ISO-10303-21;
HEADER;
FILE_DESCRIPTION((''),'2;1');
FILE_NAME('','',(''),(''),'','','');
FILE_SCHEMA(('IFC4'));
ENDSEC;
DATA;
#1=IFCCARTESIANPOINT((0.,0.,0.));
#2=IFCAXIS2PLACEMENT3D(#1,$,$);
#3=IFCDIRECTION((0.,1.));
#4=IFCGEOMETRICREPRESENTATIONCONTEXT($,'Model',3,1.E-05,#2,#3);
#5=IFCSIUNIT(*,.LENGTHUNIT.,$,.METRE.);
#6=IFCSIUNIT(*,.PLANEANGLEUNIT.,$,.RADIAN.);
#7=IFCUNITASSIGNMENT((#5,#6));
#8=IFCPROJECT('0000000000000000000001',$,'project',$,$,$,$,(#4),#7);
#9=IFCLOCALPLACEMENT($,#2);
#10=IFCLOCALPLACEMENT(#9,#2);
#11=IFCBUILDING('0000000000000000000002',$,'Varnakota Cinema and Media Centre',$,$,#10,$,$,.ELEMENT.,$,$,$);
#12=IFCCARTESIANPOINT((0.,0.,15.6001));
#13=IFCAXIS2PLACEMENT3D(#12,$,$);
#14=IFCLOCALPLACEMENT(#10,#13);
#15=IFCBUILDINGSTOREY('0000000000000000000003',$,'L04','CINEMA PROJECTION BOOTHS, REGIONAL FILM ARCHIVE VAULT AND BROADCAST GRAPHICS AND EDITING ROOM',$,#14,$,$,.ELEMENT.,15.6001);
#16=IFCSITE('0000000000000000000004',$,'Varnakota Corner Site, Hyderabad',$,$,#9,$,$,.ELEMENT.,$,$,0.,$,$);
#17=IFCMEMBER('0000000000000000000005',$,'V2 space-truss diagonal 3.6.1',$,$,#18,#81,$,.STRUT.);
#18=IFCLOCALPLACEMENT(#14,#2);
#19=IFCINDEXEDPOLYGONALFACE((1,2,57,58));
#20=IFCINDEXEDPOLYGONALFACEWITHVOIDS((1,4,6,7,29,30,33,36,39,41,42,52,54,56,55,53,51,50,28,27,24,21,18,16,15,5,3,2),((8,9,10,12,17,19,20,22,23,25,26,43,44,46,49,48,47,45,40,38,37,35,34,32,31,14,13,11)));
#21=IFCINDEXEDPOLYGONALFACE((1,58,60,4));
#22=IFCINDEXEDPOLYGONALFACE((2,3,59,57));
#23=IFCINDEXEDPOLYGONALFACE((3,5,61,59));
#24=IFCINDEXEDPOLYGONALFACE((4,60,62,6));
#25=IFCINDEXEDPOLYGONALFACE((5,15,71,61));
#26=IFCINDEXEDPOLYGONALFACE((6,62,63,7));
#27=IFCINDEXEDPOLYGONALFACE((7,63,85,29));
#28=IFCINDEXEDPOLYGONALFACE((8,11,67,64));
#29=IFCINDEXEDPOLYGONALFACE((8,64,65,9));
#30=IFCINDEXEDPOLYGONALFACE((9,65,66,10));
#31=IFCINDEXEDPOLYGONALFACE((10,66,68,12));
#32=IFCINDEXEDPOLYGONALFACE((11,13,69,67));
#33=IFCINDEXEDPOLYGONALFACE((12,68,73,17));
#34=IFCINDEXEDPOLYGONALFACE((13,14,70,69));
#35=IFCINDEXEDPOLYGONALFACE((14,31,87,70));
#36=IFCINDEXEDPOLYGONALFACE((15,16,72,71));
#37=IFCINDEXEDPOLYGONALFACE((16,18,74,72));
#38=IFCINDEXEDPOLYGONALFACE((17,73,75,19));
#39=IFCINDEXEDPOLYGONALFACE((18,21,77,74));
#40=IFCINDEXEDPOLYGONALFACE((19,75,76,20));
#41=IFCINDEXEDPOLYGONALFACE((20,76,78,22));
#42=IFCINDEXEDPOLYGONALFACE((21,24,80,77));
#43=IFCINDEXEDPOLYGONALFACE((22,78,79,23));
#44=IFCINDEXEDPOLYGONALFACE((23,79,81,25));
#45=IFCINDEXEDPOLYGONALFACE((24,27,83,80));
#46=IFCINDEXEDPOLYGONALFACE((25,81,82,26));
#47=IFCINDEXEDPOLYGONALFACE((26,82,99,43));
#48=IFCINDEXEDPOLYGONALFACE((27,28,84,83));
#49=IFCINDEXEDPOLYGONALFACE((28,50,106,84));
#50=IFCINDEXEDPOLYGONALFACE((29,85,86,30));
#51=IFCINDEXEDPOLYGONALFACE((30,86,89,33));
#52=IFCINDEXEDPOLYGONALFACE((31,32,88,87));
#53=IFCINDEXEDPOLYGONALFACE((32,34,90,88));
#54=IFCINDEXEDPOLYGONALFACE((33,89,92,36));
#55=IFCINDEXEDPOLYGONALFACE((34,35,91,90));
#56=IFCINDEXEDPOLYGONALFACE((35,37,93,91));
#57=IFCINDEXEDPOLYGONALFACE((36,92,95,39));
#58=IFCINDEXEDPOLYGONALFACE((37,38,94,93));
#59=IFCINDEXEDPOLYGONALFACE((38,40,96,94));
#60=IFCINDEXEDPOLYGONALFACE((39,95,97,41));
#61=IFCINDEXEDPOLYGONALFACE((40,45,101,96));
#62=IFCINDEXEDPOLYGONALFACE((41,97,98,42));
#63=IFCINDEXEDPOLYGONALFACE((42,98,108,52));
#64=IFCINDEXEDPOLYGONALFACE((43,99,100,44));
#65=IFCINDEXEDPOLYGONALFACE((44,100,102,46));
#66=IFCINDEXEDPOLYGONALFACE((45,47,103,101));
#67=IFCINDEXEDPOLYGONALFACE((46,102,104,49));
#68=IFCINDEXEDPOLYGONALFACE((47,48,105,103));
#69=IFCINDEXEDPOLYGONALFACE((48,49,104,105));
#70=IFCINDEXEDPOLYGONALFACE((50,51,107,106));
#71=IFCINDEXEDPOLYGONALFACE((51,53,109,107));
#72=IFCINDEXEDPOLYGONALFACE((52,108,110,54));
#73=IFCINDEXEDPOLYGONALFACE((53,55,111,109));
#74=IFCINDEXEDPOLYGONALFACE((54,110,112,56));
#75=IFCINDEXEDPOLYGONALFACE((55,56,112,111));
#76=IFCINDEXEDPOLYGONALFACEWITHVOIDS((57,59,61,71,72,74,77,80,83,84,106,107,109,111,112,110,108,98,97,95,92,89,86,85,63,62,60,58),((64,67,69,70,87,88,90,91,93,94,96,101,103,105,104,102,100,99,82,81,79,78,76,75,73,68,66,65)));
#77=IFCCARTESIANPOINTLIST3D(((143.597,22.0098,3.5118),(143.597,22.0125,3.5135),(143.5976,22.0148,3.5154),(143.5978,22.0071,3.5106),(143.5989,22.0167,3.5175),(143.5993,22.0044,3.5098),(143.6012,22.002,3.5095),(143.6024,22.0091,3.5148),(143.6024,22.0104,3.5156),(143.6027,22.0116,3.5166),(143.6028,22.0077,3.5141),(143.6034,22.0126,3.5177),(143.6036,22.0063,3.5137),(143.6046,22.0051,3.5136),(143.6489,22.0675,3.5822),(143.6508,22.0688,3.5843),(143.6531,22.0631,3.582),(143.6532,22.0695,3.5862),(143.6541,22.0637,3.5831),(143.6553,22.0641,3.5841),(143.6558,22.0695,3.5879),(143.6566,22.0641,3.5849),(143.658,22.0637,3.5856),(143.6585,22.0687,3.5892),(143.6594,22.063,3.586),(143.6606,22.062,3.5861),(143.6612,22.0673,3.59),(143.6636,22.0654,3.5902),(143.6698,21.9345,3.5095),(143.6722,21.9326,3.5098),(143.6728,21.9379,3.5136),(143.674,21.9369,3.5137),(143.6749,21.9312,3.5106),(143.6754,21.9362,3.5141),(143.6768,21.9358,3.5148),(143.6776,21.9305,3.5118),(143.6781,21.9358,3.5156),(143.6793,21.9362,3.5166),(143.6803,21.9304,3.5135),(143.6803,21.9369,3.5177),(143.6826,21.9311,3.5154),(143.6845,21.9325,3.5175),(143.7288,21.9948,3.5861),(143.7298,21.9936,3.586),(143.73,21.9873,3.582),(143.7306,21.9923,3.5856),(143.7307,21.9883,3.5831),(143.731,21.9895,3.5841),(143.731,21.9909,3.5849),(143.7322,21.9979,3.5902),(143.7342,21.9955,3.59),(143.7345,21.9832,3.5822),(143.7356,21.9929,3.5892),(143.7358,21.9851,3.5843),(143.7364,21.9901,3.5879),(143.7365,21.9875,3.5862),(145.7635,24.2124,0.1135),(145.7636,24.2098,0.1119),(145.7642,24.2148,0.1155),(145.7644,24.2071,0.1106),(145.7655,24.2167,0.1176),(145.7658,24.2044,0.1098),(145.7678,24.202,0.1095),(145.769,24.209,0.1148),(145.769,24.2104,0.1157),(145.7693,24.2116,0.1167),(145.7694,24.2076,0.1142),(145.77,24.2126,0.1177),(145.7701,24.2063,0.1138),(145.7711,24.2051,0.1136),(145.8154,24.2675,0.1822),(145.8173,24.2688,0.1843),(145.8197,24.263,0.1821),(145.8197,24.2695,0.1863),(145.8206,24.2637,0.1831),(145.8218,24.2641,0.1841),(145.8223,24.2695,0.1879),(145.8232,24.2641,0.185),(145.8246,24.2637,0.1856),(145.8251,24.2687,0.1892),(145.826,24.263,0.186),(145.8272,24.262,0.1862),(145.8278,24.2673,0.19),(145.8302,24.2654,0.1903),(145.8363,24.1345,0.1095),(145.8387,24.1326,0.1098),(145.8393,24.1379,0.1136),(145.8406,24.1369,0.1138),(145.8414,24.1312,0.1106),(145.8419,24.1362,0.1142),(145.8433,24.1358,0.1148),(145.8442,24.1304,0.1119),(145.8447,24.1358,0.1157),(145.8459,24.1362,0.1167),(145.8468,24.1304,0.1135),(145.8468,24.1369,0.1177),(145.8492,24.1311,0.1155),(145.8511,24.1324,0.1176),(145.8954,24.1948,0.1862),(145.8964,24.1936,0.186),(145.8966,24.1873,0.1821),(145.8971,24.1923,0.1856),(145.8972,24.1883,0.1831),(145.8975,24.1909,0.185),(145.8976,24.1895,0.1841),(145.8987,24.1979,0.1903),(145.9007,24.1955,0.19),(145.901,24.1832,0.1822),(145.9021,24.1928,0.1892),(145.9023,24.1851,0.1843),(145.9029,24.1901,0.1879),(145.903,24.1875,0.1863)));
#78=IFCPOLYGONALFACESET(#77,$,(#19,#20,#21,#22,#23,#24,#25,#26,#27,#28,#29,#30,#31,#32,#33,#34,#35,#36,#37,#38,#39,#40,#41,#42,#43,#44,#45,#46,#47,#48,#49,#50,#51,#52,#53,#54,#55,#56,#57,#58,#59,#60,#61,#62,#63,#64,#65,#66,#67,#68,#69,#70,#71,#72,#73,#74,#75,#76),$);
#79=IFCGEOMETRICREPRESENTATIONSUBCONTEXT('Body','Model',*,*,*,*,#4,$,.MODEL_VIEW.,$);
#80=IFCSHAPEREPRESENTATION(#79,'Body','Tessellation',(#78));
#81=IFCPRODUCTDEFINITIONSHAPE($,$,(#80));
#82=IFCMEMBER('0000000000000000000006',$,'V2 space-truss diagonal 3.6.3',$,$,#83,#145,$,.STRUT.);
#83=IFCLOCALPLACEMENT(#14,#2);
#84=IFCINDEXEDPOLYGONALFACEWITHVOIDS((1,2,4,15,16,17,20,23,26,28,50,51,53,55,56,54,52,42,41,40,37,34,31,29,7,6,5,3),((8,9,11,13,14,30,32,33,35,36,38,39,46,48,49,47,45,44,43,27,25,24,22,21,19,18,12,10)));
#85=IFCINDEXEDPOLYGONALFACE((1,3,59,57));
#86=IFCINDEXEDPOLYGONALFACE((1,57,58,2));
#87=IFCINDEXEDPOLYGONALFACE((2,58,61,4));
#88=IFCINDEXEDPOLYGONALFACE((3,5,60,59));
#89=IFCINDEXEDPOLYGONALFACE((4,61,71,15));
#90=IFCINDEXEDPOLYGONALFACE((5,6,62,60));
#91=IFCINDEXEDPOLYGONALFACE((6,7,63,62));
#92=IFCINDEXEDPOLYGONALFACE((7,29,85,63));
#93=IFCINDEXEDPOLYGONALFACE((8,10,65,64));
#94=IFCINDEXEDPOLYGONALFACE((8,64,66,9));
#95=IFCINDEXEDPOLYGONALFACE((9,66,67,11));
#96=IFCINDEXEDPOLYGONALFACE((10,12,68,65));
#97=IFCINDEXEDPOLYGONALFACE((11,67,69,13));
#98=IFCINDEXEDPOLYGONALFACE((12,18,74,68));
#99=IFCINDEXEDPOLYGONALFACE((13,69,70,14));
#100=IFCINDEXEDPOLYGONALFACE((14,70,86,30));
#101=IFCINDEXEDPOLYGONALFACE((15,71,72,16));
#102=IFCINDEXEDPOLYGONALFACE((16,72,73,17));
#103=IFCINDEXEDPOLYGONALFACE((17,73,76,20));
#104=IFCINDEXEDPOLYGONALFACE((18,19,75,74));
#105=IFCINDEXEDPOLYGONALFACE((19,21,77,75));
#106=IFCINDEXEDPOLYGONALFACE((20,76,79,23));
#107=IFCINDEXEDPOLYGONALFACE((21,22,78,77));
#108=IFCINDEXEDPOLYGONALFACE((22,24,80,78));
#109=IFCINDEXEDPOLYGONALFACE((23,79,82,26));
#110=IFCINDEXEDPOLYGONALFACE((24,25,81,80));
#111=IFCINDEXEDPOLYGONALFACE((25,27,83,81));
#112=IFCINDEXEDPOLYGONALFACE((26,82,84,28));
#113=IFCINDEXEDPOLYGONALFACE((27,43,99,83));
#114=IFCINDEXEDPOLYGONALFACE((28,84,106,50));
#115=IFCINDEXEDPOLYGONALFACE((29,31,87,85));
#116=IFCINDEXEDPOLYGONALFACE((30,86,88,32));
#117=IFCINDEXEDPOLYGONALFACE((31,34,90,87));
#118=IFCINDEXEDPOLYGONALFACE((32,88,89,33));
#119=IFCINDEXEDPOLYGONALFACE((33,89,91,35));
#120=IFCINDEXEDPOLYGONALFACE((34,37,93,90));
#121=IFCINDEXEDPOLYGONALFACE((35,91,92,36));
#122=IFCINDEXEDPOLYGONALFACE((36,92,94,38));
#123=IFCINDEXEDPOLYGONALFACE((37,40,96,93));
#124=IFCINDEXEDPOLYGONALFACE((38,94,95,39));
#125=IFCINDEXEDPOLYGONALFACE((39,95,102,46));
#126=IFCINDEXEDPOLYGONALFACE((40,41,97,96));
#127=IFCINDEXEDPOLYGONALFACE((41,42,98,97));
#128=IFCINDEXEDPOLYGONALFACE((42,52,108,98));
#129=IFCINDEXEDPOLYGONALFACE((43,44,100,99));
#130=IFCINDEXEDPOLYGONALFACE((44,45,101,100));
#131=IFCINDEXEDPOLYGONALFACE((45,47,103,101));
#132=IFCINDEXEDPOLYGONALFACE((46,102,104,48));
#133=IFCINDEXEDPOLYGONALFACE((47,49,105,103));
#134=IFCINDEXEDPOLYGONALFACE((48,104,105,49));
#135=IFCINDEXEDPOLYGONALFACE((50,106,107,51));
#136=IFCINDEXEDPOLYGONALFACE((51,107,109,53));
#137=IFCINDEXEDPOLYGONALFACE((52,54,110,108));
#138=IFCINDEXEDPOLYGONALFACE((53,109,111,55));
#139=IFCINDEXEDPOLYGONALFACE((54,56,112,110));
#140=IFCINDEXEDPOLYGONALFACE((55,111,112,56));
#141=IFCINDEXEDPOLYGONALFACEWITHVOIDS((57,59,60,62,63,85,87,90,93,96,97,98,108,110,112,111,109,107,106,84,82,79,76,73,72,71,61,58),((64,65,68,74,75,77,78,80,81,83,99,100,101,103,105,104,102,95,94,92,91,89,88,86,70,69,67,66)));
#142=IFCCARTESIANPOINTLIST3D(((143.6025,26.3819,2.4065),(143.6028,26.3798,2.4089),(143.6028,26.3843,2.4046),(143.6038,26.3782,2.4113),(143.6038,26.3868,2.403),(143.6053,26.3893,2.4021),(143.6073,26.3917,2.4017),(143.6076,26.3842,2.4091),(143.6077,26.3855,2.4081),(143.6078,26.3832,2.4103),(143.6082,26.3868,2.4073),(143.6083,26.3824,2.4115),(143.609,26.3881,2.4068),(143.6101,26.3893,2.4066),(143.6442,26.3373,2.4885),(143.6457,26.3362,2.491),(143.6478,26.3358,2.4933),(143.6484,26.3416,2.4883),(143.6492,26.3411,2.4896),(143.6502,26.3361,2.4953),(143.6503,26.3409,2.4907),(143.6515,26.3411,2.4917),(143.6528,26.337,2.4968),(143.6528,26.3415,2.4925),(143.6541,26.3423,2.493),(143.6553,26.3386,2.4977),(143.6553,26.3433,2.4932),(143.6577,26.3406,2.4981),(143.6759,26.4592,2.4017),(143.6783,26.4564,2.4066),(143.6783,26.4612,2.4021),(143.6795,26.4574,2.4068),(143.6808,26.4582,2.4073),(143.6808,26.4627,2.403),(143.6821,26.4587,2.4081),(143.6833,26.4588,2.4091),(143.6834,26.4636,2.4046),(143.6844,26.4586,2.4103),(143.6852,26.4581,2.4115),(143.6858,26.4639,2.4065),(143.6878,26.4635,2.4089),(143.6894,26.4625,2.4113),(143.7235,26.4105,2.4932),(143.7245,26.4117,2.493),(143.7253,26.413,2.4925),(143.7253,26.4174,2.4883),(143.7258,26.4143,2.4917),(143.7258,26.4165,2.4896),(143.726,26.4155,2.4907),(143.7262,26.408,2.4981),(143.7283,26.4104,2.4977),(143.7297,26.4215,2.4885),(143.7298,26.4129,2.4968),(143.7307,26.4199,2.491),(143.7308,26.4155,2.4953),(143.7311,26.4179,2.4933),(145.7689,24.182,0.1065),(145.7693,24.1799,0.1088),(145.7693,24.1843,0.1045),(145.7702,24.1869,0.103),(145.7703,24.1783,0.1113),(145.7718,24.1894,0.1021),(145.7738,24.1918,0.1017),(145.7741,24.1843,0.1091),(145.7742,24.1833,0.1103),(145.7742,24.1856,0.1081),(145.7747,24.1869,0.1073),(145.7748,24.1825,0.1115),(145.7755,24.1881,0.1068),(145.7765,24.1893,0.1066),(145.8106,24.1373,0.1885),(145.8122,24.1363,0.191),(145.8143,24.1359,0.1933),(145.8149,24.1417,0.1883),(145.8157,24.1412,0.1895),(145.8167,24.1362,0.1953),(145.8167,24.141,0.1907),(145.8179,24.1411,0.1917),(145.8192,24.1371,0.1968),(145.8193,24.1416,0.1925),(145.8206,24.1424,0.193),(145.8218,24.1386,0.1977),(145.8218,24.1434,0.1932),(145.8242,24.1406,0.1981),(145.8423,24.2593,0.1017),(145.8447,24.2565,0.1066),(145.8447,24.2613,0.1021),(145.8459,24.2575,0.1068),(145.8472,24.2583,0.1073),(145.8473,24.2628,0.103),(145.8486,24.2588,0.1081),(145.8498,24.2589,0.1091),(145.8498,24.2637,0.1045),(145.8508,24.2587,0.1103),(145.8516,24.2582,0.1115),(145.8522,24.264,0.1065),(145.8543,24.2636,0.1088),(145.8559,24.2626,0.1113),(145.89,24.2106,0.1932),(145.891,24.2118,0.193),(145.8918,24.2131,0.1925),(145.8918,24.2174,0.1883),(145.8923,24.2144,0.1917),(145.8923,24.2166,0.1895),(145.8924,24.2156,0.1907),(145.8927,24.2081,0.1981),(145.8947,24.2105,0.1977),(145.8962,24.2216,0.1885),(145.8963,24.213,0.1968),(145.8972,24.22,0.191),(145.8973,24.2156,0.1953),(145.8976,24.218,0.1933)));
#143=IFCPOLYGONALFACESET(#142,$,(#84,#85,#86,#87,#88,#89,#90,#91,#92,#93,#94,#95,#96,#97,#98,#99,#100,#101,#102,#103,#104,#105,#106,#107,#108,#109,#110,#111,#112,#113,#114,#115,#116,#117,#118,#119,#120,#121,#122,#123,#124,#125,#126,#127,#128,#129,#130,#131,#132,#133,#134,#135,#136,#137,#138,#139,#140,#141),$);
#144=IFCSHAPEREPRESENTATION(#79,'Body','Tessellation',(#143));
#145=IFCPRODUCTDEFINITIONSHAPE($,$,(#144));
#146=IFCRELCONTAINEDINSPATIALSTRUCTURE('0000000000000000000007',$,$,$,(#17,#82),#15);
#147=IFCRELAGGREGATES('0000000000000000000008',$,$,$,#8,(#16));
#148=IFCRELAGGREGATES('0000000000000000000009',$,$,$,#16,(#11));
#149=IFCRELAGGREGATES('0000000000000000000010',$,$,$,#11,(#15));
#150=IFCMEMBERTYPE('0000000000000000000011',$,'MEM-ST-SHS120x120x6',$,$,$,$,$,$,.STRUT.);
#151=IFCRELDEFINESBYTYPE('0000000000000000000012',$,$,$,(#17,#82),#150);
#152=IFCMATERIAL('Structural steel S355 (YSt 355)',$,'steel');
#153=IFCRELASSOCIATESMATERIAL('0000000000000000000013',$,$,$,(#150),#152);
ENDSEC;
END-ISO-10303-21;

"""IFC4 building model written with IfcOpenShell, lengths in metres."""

from ifc_helpers import new_model, si_unit, direction, frame, origin, origin_2d, place, context, subcontext, project, spatial, hollow_rectangle, extrude, material, material_profile, profile_set, type_object, element, save


model = new_model("IFC4")

# Units and contexts
model_context = context("Model", 3, precision=1e-05, world=origin(), true_north=direction((0.0, 1.0)))
body_context = subcontext(model_context, "Body", "Model", "MODEL_VIEW")
ifc_project = project(units=[si_unit("LENGTHUNIT", "METRE"), si_unit("PLANEANGLEUNIT", "RADIAN")], contexts=[model_context])

# Site, building, storey
site_placement = place(None, origin())
site = spatial("IfcSite", under=ifc_project, at=site_placement, Name="Varnakota Corner Site, Hyderabad", CompositionType="ELEMENT", RefElevation=0.0)
building_placement = place(site_placement, origin())
building = spatial("IfcBuilding", under=site, at=building_placement, Name="Varnakota Cinema and Media Centre", CompositionType="ELEMENT")
storey_placement = place(building_placement, frame((0.0, 0.0, 15.6001)))
storey = spatial("IfcBuildingStorey", under=building, at=storey_placement, Name="L04", Description="CINEMA PROJECTION BOOTHS, REGIONAL FILM ARCHIVE VAULT AND BROADCAST GRAPHICS AND EDITING ROOM", CompositionType="ELEMENT", Elevation=15.6001)

# Members
ifc_material_1 = material(Name="Structural steel S355 (YSt 355)", Category="steel")
ifc_material_profile_1 = material_profile(ifc_material_1, hollow_rectangle(XDim=0.1201, YDim=0.1201, WallThickness=0.0061, InnerFilletRadius=0.0061, OuterFilletRadius=0.012, at=origin_2d()), Name="SHS 120x120x6")
ifc_profile_set_1 = profile_set([ifc_material_profile_1], Name="Structural steel S355 (YSt 355)")
member_type_1 = type_object("IfcMemberType", Name="MEM-ST-SHS120x120x6", PredefinedType="STRUT", material=ifc_profile_set_1)
member_1_placement = place(storey_placement, frame((145.8333, 24.2, 0.1499), z_axis=(-0.471728, -0.479011, 0.740285), x_axis=(0.712502, -0.70167, 0.0)))
element("IfcMember", 1, at=member_1_placement, inside=storey, type_object=member_type_1, Name="V2 space-truss diagonal 3.6.1", PredefinedType="STRUT", context=body_context, shape_type="SweptSolid", body=[
    extrude(hollow_rectangle(XDim=0.1201, YDim=0.1201, WallThickness=0.0061, InnerFilletRadius=0.0061, OuterFilletRadius=0.012, at=origin_2d()), origin(), (0.0, 0.0, 1.0), 4.5928),
])
member_2_placement = place(storey_placement, frame((145.8333, 24.2, 0.1499), z_axis=(-0.562705, 0.571392, 0.59739), x_axis=(-0.712502, -0.70167, 0.0)))
element("IfcMember", 2, at=member_2_placement, inside=storey, type_object=member_type_1, Name="V2 space-truss diagonal 3.6.3", PredefinedType="STRUT", context=body_context, shape_type="SweptSolid", body=[
    extrude(hollow_rectangle(XDim=0.1201, YDim=0.1201, WallThickness=0.0061, InnerFilletRadius=0.0061, OuterFilletRadius=0.012, at=origin_2d()), origin(), (0.0, 0.0, 1.0), 3.8501),
])

save(model, "model.ifc")
